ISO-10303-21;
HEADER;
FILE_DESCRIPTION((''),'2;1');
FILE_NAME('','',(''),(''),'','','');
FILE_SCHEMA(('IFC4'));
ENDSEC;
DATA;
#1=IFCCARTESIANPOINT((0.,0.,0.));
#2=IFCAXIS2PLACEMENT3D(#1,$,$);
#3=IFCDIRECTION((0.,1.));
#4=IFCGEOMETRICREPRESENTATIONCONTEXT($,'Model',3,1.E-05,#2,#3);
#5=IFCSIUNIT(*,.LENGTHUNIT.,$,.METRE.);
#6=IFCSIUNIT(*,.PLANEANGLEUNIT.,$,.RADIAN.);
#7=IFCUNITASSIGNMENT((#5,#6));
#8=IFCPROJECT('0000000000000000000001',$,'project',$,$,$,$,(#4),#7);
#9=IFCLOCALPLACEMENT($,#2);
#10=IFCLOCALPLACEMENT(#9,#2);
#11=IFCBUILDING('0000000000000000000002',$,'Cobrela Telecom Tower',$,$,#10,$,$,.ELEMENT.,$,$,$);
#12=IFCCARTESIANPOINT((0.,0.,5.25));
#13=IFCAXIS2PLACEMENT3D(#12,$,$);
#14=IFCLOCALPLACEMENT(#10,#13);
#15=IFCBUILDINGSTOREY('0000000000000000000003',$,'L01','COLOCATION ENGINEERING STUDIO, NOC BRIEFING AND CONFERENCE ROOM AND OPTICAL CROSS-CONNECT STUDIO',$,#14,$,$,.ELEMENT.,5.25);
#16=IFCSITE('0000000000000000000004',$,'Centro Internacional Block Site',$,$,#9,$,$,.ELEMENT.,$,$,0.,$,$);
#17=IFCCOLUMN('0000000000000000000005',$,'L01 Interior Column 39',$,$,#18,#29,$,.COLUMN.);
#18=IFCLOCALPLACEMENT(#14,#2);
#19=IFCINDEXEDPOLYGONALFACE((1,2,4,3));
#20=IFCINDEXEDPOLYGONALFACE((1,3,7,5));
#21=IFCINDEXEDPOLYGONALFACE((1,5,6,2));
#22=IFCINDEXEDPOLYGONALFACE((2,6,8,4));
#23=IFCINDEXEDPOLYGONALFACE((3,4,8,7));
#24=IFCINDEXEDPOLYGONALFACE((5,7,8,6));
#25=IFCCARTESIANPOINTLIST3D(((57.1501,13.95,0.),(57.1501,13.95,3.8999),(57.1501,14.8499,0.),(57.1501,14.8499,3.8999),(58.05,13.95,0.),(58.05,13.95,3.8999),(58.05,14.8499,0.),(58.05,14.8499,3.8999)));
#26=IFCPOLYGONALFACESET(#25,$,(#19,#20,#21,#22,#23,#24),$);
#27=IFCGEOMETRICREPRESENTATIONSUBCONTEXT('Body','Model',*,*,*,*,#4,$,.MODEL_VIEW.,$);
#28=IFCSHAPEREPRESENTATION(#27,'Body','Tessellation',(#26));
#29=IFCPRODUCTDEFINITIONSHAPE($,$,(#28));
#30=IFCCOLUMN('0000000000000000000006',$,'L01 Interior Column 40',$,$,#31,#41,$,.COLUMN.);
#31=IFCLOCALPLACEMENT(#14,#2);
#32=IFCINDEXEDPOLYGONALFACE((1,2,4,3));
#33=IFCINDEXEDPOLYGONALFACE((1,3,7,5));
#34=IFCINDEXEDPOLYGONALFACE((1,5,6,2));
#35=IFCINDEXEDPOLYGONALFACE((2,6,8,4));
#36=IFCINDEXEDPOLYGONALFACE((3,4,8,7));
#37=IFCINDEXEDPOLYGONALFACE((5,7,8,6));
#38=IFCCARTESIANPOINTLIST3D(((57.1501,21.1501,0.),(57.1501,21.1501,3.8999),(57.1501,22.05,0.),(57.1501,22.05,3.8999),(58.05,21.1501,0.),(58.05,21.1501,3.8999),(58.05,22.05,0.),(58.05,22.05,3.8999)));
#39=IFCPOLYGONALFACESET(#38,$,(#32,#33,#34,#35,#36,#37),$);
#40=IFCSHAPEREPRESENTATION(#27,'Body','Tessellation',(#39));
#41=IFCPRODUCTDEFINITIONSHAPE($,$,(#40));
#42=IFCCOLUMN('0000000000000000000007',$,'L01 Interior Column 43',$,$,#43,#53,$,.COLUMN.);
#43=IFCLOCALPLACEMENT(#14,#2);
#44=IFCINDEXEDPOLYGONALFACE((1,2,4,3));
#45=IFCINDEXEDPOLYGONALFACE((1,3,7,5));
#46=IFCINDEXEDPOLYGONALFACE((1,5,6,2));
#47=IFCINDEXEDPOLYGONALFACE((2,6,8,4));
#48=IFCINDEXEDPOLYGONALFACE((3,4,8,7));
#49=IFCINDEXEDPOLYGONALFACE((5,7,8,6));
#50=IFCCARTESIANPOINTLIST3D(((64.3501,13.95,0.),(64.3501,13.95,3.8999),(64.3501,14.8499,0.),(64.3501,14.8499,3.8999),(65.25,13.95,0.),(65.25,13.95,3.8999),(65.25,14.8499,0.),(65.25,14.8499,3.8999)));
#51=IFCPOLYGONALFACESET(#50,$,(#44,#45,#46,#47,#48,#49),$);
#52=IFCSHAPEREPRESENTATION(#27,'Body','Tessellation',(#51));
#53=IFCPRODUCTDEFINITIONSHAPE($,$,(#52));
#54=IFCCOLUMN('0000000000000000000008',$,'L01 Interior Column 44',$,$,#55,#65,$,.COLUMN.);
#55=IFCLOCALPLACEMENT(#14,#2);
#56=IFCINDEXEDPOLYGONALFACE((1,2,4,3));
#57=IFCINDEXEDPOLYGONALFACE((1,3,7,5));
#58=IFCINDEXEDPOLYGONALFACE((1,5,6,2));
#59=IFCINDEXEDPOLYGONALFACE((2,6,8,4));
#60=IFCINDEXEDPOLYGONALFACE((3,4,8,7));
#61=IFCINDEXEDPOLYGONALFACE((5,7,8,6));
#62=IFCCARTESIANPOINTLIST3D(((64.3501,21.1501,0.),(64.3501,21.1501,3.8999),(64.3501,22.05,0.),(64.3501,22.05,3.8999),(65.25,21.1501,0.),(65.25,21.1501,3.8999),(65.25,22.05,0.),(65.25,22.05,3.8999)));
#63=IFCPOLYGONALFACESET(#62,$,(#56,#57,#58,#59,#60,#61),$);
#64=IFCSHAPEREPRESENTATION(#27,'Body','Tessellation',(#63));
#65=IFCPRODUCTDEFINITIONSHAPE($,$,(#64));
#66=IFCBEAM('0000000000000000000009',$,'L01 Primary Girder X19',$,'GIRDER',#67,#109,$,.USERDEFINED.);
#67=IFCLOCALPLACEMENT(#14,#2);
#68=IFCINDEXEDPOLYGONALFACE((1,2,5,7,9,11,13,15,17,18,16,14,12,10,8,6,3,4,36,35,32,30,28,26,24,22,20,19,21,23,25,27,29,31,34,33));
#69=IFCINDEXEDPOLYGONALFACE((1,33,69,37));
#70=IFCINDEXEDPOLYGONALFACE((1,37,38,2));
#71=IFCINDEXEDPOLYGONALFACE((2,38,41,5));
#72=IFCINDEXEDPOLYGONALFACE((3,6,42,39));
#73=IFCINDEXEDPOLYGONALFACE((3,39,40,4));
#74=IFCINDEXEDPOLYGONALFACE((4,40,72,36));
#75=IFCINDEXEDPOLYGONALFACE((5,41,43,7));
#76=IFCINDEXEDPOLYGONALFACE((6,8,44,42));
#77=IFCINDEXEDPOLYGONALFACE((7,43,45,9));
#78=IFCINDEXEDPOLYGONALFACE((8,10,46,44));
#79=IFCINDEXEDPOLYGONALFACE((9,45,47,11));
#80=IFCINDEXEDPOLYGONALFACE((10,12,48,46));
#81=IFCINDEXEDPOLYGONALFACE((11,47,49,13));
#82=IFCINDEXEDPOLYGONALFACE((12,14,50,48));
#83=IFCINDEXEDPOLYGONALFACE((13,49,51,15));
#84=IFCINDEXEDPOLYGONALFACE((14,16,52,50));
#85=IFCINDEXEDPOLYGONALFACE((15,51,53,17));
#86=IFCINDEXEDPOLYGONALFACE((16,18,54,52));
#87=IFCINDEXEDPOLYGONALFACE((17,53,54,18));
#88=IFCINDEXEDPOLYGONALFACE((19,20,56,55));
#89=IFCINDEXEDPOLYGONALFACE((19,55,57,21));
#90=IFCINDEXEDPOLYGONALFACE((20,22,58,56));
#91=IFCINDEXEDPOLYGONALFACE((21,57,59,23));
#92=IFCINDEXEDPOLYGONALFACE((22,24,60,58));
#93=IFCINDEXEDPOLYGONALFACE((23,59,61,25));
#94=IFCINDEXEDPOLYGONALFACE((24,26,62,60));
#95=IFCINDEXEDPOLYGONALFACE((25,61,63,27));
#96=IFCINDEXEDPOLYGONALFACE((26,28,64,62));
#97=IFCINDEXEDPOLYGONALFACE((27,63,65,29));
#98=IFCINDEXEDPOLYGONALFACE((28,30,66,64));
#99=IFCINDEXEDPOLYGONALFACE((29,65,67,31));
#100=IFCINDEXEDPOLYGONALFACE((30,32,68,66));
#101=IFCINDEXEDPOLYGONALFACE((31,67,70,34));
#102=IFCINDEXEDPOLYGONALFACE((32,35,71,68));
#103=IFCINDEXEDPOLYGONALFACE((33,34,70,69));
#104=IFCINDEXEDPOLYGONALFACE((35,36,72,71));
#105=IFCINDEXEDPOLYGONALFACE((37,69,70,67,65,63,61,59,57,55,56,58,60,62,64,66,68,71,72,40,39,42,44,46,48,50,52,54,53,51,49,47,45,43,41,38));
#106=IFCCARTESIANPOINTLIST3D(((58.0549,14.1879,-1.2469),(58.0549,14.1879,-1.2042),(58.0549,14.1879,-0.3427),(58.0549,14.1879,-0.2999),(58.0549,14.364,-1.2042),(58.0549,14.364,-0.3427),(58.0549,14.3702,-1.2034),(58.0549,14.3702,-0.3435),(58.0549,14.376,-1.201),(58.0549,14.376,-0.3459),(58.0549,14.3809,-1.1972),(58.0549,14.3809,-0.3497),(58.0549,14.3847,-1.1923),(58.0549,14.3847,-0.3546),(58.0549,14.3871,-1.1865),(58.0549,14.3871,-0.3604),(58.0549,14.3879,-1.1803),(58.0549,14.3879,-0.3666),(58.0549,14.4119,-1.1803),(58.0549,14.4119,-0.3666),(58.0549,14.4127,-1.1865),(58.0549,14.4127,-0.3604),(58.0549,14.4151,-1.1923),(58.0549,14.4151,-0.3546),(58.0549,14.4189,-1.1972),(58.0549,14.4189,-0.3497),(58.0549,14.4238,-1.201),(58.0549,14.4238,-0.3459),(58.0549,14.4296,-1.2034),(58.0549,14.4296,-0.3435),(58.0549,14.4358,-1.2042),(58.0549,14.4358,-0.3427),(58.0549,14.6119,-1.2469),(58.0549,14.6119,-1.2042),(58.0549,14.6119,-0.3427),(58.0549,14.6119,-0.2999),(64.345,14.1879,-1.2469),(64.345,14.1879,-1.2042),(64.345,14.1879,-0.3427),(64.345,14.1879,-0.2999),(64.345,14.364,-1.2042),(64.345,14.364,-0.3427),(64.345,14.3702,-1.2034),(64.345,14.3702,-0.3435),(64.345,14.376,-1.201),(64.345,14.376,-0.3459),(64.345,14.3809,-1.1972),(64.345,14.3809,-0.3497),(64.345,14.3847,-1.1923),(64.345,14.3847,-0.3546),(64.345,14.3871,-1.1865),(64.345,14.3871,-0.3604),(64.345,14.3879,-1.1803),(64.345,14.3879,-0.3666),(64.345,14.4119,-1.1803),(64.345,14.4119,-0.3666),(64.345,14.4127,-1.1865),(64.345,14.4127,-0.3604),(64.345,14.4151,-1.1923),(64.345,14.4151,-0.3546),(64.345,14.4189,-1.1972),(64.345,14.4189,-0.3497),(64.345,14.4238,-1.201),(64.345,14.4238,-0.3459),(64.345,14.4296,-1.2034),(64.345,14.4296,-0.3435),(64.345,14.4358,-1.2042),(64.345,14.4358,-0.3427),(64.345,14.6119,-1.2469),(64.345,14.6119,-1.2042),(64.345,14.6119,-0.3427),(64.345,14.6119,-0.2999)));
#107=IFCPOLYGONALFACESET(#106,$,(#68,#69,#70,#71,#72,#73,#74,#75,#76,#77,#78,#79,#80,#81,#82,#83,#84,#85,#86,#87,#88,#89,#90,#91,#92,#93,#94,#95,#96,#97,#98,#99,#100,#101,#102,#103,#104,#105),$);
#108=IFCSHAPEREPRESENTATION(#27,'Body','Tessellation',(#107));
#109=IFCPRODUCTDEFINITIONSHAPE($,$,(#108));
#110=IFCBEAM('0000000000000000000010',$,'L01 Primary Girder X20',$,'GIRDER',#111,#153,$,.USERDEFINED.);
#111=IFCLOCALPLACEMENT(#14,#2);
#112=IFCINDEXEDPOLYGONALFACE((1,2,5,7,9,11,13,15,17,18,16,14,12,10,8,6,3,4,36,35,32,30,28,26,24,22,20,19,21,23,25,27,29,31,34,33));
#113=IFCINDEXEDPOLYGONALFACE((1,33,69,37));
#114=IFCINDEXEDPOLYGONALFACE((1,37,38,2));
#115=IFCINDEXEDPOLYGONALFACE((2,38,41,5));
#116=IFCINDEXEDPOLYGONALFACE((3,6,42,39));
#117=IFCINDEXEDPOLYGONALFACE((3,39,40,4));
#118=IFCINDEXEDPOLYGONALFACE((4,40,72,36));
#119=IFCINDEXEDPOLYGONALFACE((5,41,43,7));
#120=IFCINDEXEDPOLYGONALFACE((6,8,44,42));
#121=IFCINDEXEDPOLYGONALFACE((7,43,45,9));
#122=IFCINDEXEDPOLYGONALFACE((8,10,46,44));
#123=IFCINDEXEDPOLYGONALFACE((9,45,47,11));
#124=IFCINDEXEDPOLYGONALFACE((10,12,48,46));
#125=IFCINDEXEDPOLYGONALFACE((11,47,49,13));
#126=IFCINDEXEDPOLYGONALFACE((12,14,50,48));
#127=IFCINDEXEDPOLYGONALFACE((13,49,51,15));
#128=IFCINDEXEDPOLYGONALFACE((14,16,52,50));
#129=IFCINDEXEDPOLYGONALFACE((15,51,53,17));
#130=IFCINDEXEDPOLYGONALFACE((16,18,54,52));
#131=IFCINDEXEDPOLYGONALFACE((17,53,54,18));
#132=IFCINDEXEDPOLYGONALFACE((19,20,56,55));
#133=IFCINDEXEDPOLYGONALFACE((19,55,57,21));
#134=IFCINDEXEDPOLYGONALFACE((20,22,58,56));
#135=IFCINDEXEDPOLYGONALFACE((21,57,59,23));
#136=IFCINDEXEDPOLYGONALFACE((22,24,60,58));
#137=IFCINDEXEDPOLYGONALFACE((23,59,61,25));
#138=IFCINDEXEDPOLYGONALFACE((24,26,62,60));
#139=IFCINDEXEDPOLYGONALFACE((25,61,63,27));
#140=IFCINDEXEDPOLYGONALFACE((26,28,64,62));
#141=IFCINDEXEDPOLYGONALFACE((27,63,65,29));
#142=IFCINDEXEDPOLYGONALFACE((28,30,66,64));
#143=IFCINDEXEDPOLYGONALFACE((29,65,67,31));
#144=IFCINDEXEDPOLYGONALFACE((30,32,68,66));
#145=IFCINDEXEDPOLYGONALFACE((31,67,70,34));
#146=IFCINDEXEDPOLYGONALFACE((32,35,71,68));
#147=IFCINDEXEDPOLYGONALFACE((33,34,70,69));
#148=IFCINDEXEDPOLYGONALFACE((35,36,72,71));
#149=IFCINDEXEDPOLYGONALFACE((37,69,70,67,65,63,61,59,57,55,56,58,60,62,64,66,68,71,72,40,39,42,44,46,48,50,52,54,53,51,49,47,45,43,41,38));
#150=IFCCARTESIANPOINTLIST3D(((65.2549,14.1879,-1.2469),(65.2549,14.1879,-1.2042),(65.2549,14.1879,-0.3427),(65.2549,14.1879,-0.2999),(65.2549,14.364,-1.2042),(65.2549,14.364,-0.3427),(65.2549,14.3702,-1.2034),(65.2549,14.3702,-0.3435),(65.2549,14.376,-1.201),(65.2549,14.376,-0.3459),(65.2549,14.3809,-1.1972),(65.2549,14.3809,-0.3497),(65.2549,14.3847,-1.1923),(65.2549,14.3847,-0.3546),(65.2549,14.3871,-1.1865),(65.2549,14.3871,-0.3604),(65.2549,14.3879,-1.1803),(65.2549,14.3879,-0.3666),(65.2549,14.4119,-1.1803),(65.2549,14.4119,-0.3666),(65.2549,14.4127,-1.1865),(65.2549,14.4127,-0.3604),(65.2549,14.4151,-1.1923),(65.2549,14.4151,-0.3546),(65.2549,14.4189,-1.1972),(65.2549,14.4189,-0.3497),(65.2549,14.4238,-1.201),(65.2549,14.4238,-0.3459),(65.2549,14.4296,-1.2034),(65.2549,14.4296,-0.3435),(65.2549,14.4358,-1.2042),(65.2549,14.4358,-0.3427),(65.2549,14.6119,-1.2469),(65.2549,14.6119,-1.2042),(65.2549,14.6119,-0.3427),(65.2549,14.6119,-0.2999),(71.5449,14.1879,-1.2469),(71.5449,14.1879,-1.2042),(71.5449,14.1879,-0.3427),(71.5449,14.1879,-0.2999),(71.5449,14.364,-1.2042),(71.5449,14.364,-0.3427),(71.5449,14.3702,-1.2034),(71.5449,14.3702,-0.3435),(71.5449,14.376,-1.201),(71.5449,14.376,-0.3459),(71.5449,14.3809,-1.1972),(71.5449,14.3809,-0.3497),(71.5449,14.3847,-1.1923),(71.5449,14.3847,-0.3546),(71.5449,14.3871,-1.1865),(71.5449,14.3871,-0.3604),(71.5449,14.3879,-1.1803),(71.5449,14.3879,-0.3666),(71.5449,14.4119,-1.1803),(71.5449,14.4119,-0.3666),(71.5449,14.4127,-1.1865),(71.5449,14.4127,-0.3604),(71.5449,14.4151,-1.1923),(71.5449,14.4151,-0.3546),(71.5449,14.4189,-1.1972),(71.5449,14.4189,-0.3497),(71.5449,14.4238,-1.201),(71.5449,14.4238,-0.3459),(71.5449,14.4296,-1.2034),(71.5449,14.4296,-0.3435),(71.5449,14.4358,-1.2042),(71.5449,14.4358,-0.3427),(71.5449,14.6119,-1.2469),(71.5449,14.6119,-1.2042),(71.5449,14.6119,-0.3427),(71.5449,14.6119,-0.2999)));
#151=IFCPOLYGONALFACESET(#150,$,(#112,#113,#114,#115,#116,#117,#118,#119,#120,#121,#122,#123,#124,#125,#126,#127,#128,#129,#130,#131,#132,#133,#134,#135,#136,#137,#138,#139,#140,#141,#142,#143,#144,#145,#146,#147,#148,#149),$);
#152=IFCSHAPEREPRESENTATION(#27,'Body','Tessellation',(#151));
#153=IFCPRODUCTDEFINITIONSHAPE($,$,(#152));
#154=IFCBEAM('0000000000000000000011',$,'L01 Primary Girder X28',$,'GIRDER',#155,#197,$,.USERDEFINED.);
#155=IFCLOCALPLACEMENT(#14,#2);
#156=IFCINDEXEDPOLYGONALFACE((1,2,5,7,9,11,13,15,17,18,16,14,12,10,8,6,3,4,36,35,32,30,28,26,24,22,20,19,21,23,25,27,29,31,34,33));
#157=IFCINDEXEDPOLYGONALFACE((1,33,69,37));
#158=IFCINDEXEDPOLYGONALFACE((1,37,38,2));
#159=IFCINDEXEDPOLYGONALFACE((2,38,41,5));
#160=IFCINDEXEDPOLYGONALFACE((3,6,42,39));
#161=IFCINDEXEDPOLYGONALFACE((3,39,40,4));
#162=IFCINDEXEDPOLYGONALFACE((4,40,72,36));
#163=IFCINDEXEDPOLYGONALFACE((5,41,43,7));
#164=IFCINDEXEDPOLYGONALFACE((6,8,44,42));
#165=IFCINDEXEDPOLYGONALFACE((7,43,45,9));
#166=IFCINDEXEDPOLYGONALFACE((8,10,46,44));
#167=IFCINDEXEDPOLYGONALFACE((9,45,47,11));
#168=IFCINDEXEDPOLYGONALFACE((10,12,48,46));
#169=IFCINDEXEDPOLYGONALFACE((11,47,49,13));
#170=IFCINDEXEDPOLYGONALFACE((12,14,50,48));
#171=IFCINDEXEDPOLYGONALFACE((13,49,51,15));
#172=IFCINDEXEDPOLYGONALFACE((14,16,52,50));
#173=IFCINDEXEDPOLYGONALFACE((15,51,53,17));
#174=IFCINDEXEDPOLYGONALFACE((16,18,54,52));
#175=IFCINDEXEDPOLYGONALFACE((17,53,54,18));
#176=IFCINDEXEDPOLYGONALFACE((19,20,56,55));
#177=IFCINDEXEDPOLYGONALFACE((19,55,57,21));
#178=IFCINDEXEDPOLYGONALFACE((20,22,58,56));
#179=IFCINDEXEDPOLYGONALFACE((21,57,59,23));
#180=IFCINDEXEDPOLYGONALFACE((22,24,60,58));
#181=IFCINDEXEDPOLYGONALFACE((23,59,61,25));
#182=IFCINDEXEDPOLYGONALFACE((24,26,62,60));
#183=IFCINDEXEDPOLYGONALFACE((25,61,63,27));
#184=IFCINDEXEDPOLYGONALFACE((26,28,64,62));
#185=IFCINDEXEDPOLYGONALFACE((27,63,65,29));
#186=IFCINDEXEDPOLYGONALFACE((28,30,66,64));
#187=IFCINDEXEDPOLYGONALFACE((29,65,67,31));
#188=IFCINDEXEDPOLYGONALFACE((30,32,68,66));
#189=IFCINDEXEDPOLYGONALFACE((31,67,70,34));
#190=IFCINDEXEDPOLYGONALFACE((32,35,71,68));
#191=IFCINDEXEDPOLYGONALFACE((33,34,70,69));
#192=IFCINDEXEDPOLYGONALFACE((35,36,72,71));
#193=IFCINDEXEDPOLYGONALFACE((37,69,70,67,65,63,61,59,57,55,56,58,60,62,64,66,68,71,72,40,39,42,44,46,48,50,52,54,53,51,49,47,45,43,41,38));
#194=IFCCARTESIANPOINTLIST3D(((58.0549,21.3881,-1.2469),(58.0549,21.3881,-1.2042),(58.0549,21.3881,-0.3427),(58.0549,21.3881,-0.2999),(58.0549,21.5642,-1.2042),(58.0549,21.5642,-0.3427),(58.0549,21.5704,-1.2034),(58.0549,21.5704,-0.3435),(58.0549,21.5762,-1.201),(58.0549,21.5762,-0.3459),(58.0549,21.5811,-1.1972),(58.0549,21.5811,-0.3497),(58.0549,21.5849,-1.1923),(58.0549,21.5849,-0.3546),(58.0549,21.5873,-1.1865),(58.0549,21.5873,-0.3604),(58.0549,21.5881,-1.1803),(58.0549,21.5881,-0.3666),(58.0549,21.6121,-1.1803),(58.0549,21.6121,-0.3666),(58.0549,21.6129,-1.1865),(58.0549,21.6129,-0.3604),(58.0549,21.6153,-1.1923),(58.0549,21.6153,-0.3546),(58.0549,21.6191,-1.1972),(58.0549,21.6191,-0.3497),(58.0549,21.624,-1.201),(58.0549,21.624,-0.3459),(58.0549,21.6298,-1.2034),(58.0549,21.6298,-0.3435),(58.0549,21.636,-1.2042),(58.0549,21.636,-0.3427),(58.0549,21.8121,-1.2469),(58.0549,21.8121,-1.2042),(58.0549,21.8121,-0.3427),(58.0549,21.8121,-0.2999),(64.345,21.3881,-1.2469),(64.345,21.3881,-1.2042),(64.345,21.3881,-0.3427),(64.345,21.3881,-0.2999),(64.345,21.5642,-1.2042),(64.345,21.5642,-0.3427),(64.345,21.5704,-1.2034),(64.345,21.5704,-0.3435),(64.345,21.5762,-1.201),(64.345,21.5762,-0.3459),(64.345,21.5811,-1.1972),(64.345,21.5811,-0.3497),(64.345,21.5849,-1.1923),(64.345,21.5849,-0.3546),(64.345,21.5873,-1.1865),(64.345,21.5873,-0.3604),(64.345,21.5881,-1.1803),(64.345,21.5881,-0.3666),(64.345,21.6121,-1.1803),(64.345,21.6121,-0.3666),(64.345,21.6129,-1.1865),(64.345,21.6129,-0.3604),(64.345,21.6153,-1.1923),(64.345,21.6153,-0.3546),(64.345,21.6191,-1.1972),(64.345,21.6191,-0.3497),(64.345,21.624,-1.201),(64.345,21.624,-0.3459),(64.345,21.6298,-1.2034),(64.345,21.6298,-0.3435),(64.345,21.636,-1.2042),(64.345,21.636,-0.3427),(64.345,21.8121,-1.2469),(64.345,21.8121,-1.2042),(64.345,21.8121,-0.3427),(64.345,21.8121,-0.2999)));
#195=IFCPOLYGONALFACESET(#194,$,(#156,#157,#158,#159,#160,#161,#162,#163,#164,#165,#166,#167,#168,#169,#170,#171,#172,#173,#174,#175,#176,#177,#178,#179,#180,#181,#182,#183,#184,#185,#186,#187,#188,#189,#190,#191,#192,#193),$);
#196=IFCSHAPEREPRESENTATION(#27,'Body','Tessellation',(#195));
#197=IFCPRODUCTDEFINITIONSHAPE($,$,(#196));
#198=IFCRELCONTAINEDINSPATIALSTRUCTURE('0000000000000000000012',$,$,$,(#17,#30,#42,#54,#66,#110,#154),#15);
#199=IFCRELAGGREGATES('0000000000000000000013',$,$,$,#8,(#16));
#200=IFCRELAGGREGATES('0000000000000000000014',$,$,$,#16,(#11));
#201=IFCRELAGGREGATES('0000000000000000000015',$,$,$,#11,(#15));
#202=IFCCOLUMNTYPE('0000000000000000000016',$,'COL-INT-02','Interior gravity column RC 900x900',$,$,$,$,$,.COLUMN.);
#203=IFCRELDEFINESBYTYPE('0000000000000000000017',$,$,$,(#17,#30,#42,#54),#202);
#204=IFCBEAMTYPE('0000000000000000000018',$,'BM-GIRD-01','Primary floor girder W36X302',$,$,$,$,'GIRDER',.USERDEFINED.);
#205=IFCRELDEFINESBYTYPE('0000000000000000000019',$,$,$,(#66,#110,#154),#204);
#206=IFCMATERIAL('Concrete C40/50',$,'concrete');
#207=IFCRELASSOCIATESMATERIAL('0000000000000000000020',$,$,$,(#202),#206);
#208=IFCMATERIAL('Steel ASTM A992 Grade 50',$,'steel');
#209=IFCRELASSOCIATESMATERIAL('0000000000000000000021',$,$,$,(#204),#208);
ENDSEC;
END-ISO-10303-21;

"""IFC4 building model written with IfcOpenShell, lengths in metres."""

from ifc_helpers import new_model, si_unit, direction, frame, origin, origin_2d, place, context, subcontext, project, spatial, rectangle, i_section, extrude, material, material_profile, profile_set, type_object, element, save


model = new_model("IFC4")

# Units and contexts
model_context = context("Model", 3, precision=1e-05, world=origin(), true_north=direction((0.0, 1.0)))
body_context = subcontext(model_context, "Body", "Model", "MODEL_VIEW")
ifc_project = project(units=[si_unit("LENGTHUNIT", "METRE"), si_unit("PLANEANGLEUNIT", "RADIAN")], contexts=[model_context])

# Site, building, storey
site_placement = place(None, origin())
site = spatial("IfcSite", under=ifc_project, at=site_placement, Name="Centro Internacional Block Site", CompositionType="ELEMENT", RefElevation=0.0)
building_placement = place(site_placement, origin())
building = spatial("IfcBuilding", under=site, at=building_placement, Name="Cobrela Telecom Tower", CompositionType="ELEMENT")
storey_placement = place(building_placement, frame((0.0, 0.0, 5.25)))
storey = spatial("IfcBuildingStorey", under=building, at=storey_placement, Name="L01", Description="COLOCATION ENGINEERING STUDIO, NOC BRIEFING AND CONFERENCE ROOM AND OPTICAL CROSS-CONNECT STUDIO", CompositionType="ELEMENT", Elevation=5.25)

# Columns
ifc_material_1 = material(Name="Concrete C40/50", Category="concrete")
ifc_material_profile_1 = material_profile(ifc_material_1, rectangle(XDim=0.8999, YDim=0.8999, at=origin_2d()), Name="RC 900x900")
ifc_profile_set_1 = profile_set([ifc_material_profile_1], Name="Concrete C40/50")
column_type = type_object("IfcColumnType", Name="COL-INT-02", Description="Interior gravity column RC 900x900", PredefinedType="COLUMN", material=ifc_profile_set_1)
for number, where, z_axis, x_axis, name in (
    (1, (57.6001, 14.3999, 0.0), (0.0, 0.0, 1.0), (1.0, 0.0, 0.0), "L01 Interior Column 39"),
    (2, (57.6001, 21.6001, 0.0), (0.0, 0.0, 1.0), (1.0, 0.0, 0.0), "L01 Interior Column 40"),
    (3, (64.8, 14.3999, 0.0), (0.0, 0.0, 1.0), (1.0, 0.0, 0.0), "L01 Interior Column 43"),
    (4, (64.8, 21.6001, 0.0), (0.0, 0.0, 1.0), (1.0, 0.0, 0.0), "L01 Interior Column 44"),
):
    element("IfcColumn", number, at=place(storey_placement, frame(where, z_axis=z_axis, x_axis=x_axis)), inside=storey, type_object=column_type, Name=name, PredefinedType="COLUMN", context=body_context, shape_type="SweptSolid", body=[
        extrude(rectangle(XDim=0.8999, YDim=0.8999, at=origin_2d()), origin(), (0.0, 0.0, 1.0), 3.8999),
    ])

# Beams
ifc_material_2 = material(Name="Steel ASTM A992 Grade 50", Category="steel")
ifc_material_profile_2 = material_profile(ifc_material_2, i_section(OverallWidth=0.4241, OverallDepth=0.947, WebThickness=0.0239, FlangeThickness=0.0427, FilletRadius=0.0239, at=origin_2d()), Name="W36X302")
ifc_profile_set_2 = profile_set([ifc_material_profile_2], Name="Steel ASTM A992 Grade 50")
beam_type_1 = type_object("IfcBeamType", Name="BM-GIRD-01", Description="Primary floor girder W36X302", ElementType="GIRDER", PredefinedType="USERDEFINED", material=ifc_profile_set_2)
for number, where, z_axis, x_axis, name in (
    (5, (58.0549, 14.3999, -0.7734), (1.0, 0.0, 0.0), (0.0, 1.0, 0.0), "L01 Primary Girder X19"),
    (6, (65.2549, 14.3999, -0.7734), (1.0, 0.0, 0.0), (0.0, 1.0, 0.0), "L01 Primary Girder X20"),
    (7, (58.0549, 21.6001, -0.7734), (1.0, 0.0, 0.0), (0.0, 1.0, 0.0), "L01 Primary Girder X28"),
):
    element("IfcBeam", number, at=place(storey_placement, frame(where, z_axis=z_axis, x_axis=x_axis)), inside=storey, type_object=beam_type_1, Name=name, ObjectType="GIRDER", PredefinedType="USERDEFINED", context=body_context, shape_type="SweptSolid", body=[
        extrude(i_section(OverallWidth=0.4241, OverallDepth=0.947, WebThickness=0.0239, FlangeThickness=0.0427, FilletRadius=0.0239, at=origin_2d()), origin(), (0.0, 0.0, 1.0), 6.29),
    ])

save(model, "model.ifc")
